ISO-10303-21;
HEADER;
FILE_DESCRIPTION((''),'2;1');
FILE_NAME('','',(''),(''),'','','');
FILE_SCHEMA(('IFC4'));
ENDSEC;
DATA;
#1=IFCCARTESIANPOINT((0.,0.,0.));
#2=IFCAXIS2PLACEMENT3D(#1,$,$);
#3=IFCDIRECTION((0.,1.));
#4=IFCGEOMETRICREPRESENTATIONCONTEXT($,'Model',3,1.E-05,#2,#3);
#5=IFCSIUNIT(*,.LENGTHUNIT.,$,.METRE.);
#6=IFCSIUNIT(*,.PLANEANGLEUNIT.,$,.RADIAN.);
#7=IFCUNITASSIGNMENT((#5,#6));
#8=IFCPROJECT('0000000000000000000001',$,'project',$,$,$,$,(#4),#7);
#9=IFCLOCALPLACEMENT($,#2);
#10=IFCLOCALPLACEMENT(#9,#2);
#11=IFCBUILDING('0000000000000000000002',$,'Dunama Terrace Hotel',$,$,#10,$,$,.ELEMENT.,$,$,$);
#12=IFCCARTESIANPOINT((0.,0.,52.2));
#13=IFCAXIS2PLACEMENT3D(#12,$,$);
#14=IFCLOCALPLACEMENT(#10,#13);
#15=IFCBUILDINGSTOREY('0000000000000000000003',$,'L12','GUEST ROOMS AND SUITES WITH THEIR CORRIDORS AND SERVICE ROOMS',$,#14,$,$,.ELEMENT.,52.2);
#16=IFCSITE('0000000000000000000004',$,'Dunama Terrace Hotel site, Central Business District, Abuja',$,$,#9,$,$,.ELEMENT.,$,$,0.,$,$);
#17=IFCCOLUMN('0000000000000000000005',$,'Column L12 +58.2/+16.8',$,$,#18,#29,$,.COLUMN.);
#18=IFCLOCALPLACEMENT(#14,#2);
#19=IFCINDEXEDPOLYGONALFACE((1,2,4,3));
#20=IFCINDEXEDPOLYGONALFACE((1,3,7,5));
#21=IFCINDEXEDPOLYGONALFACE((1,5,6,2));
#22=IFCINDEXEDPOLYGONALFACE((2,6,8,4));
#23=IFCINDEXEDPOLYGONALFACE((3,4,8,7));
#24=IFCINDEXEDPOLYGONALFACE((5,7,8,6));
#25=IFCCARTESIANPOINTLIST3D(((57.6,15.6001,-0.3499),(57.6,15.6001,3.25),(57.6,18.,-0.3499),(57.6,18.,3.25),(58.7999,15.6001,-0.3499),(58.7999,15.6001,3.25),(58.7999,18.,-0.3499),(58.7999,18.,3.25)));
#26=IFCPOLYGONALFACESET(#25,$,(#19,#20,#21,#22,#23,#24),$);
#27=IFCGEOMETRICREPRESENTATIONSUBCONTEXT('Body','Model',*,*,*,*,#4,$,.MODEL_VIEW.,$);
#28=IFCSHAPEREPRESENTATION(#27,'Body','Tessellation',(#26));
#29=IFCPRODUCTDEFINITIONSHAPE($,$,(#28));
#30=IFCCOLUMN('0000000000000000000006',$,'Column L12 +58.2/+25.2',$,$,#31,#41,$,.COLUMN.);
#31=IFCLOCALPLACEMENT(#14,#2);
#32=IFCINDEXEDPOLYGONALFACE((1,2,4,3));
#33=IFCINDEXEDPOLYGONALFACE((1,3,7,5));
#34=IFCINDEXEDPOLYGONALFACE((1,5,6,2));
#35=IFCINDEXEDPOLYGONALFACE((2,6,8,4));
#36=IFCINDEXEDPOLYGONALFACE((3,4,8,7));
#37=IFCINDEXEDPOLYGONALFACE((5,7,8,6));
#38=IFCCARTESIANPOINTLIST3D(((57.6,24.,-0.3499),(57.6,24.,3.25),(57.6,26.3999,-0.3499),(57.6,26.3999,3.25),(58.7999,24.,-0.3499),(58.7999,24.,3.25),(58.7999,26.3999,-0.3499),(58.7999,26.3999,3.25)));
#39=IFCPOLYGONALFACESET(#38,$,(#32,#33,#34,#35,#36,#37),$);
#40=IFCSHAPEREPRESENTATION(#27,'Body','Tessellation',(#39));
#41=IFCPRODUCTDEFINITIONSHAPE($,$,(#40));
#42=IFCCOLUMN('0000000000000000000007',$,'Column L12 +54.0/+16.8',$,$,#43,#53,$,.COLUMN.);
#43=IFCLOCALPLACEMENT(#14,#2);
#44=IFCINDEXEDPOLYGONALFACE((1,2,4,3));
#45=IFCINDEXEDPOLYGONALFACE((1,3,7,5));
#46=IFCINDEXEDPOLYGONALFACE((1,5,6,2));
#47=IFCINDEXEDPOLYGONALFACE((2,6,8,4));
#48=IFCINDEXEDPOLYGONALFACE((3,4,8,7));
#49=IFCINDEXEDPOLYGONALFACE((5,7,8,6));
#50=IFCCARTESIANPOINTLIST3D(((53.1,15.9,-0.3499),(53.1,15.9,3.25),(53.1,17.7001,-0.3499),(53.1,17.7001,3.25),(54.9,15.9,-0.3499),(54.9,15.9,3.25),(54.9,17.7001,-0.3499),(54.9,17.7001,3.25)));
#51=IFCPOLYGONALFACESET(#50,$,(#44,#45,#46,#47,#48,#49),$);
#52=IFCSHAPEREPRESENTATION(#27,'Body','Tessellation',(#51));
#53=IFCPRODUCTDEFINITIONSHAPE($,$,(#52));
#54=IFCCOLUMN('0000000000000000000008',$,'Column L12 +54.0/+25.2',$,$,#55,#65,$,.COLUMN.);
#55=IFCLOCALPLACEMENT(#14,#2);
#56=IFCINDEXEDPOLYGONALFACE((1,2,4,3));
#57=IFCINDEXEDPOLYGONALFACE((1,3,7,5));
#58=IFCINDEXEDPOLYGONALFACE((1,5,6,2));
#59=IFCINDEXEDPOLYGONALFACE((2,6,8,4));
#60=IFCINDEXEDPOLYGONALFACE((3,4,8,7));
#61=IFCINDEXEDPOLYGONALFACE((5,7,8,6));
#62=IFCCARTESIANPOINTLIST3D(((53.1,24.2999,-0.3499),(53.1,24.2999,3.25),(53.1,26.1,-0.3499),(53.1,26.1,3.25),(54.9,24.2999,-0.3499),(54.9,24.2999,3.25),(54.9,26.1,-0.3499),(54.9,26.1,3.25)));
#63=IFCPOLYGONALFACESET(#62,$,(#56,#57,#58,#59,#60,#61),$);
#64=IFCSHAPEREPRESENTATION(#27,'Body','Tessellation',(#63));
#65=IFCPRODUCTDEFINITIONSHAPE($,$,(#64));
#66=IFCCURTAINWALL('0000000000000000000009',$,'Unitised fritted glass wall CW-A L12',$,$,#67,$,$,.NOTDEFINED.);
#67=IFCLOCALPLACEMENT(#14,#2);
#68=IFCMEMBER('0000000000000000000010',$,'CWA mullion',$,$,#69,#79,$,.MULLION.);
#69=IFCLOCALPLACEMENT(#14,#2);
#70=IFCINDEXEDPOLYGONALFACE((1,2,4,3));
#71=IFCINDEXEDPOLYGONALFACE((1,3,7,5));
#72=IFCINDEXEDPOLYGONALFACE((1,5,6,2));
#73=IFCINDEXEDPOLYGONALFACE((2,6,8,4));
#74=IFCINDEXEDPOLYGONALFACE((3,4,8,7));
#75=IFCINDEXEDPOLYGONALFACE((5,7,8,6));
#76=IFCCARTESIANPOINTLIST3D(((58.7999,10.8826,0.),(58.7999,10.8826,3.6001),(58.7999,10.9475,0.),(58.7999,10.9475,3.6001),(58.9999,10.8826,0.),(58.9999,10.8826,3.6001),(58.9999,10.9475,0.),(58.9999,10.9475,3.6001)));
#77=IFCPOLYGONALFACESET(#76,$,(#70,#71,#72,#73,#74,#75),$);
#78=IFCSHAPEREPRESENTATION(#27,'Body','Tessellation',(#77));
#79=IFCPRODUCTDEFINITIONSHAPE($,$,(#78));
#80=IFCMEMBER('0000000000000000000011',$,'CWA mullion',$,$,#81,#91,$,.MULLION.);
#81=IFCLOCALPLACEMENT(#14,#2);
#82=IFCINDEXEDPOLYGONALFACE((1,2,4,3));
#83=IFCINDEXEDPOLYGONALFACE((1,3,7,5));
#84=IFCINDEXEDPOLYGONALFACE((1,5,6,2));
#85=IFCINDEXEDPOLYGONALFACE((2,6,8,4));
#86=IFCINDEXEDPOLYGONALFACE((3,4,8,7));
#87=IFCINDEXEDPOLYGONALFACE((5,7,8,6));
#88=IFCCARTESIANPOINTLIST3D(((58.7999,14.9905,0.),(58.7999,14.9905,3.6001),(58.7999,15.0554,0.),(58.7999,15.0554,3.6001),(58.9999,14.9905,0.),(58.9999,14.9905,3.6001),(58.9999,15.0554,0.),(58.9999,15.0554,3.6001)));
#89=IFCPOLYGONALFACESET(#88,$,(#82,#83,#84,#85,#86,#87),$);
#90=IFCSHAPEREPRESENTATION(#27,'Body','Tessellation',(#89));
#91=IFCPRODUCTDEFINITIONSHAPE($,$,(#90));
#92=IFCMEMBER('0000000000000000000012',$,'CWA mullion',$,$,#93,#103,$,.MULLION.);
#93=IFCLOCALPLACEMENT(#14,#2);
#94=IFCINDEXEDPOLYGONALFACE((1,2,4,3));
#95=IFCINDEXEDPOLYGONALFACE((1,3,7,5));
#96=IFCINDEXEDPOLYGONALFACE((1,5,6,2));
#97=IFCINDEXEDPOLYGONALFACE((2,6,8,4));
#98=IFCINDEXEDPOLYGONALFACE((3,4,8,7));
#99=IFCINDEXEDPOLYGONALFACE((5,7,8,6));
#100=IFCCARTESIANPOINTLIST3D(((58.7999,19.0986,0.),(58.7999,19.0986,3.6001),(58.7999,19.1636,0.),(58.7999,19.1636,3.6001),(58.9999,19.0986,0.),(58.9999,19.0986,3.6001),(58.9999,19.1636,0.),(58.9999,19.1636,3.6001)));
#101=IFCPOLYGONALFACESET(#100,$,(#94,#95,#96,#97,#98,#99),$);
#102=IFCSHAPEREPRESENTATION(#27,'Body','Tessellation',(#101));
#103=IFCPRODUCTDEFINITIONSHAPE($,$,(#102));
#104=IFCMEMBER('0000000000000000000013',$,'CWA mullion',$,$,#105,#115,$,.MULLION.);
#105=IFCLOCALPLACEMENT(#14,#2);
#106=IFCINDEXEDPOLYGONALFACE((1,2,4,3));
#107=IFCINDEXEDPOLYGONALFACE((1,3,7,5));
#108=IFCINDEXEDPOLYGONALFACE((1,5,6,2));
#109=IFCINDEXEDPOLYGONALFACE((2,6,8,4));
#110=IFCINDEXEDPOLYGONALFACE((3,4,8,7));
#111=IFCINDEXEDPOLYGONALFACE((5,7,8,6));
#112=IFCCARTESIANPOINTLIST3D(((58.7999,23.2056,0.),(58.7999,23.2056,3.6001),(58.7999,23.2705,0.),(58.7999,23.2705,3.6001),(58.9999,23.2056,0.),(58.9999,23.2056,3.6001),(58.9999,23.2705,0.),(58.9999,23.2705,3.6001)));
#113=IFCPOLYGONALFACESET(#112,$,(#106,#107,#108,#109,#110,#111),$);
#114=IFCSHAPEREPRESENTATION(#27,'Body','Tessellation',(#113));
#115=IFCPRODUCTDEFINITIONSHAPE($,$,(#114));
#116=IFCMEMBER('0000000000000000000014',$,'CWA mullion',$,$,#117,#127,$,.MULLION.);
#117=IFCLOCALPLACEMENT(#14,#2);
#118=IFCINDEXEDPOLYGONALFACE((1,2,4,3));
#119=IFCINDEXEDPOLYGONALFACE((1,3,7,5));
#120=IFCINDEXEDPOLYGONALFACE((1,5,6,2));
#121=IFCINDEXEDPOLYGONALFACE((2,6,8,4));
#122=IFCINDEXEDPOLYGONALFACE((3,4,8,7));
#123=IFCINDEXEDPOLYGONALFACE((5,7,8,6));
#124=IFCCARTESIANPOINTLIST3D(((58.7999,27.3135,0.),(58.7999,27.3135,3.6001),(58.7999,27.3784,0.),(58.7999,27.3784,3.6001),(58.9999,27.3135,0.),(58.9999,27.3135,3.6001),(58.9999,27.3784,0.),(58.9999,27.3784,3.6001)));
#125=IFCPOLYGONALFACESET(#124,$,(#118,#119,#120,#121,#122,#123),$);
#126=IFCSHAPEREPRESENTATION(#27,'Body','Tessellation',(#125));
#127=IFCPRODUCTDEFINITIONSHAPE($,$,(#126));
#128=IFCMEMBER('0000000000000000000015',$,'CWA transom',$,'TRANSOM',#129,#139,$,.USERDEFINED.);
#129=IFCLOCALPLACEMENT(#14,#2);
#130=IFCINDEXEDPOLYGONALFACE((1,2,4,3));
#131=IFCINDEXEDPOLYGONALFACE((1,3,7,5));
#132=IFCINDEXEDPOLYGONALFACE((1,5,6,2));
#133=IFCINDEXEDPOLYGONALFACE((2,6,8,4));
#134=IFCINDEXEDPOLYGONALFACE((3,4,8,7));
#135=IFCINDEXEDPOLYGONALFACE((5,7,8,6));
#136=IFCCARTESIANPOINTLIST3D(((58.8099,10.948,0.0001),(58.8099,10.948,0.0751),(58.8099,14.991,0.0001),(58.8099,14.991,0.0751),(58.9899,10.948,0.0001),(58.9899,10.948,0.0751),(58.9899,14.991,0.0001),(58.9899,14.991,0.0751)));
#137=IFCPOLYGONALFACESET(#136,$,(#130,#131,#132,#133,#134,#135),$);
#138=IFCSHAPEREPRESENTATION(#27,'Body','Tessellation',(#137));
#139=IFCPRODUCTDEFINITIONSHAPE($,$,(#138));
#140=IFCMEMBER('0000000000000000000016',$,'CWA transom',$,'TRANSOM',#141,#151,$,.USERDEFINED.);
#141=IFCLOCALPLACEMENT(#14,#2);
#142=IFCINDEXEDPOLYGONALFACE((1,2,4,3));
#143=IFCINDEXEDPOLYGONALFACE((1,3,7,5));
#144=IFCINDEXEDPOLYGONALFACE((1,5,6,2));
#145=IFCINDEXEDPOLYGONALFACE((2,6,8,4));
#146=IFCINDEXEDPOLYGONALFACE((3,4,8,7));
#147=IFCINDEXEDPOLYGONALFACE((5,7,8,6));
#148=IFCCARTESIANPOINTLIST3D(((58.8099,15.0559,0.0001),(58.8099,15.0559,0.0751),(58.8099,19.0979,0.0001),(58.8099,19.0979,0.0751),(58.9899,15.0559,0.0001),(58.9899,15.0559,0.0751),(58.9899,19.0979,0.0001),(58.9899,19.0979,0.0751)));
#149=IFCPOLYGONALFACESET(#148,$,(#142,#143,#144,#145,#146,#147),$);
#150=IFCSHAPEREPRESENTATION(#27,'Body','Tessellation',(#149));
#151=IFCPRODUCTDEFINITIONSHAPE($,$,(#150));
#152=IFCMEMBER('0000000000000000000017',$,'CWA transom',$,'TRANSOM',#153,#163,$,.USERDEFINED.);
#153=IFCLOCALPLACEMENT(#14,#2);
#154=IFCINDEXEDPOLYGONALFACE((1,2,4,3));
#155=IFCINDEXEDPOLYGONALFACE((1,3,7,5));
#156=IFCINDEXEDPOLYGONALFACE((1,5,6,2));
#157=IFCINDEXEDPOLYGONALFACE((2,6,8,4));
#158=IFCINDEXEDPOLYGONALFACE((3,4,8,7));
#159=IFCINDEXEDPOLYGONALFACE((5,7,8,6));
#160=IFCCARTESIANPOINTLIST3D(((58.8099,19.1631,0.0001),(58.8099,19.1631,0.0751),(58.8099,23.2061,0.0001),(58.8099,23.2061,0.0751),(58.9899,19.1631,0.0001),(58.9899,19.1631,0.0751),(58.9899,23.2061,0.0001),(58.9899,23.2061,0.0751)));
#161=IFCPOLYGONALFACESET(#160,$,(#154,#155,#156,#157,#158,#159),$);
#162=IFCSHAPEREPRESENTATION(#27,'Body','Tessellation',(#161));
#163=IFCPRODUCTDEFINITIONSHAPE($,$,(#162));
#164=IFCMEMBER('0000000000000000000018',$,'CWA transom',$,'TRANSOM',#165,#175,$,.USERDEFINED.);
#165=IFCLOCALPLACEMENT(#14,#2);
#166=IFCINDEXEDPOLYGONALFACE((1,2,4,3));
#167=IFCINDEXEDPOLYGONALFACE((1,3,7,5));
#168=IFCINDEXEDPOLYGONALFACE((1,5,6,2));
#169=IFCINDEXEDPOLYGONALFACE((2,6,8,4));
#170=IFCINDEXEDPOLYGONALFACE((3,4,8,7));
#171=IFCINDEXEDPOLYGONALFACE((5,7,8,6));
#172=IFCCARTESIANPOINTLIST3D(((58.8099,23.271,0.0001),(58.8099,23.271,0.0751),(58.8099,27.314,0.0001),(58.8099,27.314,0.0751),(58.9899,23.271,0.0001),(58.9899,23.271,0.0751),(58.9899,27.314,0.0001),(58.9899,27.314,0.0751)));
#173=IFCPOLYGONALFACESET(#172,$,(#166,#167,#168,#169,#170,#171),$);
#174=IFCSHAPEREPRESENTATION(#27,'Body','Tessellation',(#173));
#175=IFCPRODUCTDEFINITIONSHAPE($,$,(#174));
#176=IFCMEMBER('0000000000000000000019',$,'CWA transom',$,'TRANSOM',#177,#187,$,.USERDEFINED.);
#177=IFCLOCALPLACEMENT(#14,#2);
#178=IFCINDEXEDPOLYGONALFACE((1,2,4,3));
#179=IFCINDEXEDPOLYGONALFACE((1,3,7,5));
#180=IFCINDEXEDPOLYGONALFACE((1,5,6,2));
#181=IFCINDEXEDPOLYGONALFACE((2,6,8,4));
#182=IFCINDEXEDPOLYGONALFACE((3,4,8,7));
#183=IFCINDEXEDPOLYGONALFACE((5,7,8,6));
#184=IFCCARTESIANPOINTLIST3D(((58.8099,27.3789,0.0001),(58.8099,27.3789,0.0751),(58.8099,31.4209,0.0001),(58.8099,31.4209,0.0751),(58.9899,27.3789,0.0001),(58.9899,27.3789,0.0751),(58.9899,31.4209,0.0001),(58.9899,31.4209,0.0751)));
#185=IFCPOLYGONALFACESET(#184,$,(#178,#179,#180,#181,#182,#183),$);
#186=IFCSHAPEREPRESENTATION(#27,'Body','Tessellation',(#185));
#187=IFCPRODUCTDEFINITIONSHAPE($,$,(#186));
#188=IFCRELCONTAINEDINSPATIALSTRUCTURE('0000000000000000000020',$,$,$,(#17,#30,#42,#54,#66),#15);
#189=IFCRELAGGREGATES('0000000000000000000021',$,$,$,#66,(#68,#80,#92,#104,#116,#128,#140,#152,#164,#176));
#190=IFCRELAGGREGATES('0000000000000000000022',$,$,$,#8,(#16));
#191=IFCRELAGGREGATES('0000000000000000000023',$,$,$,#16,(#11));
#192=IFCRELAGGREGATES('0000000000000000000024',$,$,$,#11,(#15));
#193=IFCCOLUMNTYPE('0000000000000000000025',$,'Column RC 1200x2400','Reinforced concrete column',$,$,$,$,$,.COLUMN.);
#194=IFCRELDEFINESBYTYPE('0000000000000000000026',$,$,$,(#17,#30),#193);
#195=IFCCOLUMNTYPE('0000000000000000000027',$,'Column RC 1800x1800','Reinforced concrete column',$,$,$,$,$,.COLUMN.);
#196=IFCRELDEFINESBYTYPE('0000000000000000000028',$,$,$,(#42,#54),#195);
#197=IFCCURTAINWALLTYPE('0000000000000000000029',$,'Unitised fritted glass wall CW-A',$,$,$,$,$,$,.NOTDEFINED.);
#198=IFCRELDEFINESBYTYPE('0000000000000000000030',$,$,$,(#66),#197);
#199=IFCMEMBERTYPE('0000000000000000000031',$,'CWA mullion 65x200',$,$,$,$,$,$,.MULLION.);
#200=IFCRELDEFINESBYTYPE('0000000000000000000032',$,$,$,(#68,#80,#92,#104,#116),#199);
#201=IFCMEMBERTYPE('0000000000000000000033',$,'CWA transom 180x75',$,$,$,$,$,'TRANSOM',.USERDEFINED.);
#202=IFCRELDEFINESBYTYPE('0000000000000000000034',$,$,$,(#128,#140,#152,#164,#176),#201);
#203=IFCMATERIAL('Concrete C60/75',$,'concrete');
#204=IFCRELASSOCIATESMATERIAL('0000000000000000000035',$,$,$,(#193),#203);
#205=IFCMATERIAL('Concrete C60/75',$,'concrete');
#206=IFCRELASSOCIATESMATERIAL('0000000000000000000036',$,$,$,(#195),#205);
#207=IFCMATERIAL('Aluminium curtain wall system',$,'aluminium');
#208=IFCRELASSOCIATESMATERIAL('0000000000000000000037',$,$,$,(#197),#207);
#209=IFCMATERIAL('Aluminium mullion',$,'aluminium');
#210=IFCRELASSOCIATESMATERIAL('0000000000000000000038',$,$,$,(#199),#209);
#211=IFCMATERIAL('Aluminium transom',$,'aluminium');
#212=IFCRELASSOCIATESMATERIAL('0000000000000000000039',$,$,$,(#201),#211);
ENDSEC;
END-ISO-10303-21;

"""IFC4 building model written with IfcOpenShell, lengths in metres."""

from ifc_helpers import new_model, si_unit, direction, frame, origin, origin_2d, place, context, subcontext, project, spatial, rectangle, extrude, material, material_profile, profile_set, type_object, element, aggregate, save


model = new_model("IFC4")

# Units and contexts
model_context = context("Model", 3, precision=1e-05, world=origin(), true_north=direction((0.0, 1.0)))
body_context = subcontext(model_context, "Body", "Model", "MODEL_VIEW")
ifc_project = project(units=[si_unit("LENGTHUNIT", "METRE"), si_unit("PLANEANGLEUNIT", "RADIAN")], contexts=[model_context])

# Site, building, storey
site_placement = place(None, origin())
site = spatial("IfcSite", under=ifc_project, at=site_placement, Name="Dunama Terrace Hotel site, Central Business District, Abuja", CompositionType="ELEMENT", RefElevation=0.0)
building_placement = place(site_placement, origin())
building = spatial("IfcBuilding", under=site, at=building_placement, Name="Dunama Terrace Hotel", CompositionType="ELEMENT")
storey_placement = place(building_placement, frame((0.0, 0.0, 52.2)))
storey = spatial("IfcBuildingStorey", under=building, at=storey_placement, Name="L12", Description="GUEST ROOMS AND SUITES WITH THEIR CORRIDORS AND SERVICE ROOMS", CompositionType="ELEMENT", Elevation=52.2)

# Columns
ifc_material_1 = material(Name="Concrete C60/75", Category="concrete")
ifc_material_profile_1 = material_profile(ifc_material_1, rectangle(XDim=1.2, YDim=2.3999, at=origin_2d()), Name="RC 1200x2400")
ifc_profile_set_1 = profile_set([ifc_material_profile_1], Name="Concrete C60/75")
column_type_1 = type_object("IfcColumnType", Name="Column RC 1200x2400", Description="Reinforced concrete column", PredefinedType="COLUMN", material=ifc_profile_set_1)
for number, where, z_axis, x_axis, name in (
    (1, (58.2, 16.8, -0.3499), (0.0, 0.0, 1.0), (1.0, 0.0, 0.0), "Column L12 +58.2/+16.8"),
    (2, (58.2, 25.2, -0.3499), (0.0, 0.0, 1.0), (1.0, 0.0, 0.0), "Column L12 +58.2/+25.2"),
):
    element("IfcColumn", number, at=place(storey_placement, frame(where, z_axis=z_axis, x_axis=x_axis)), inside=storey, type_object=column_type_1, Name=name, PredefinedType="COLUMN", context=body_context, shape_type="SweptSolid", body=[
        extrude(rectangle(XDim=1.2, YDim=2.3999, at=origin_2d()), origin(), (0.0, 0.0, 1.0), 3.5999),
    ])
ifc_material_2 = material(Name="Concrete C60/75", Category="concrete")
ifc_material_profile_2 = material_profile(ifc_material_2, rectangle(XDim=1.8, YDim=1.8, at=origin_2d()), Name="RC 1800x1800")
ifc_profile_set_2 = profile_set([ifc_material_profile_2], Name="Concrete C60/75")
column_type_2 = type_object("IfcColumnType", Name="Column RC 1800x1800", Description="Reinforced concrete column", PredefinedType="COLUMN", material=ifc_profile_set_2)
for number, where, z_axis, x_axis, name in (
    (3, (54.0, 16.8, -0.3499), (0.0, 0.0, 1.0), (1.0, 0.0, 0.0), "Column L12 +54.0/+16.8"),
    (4, (54.0, 25.2, -0.3499), (0.0, 0.0, 1.0), (1.0, 0.0, 0.0), "Column L12 +54.0/+25.2"),
):
    element("IfcColumn", number, at=place(storey_placement, frame(where, z_axis=z_axis, x_axis=x_axis)), inside=storey, type_object=column_type_2, Name=name, PredefinedType="COLUMN", context=body_context, shape_type="SweptSolid", body=[
        extrude(rectangle(XDim=1.8, YDim=1.8, at=origin_2d()), origin(), (0.0, 0.0, 1.0), 3.5999),
    ])

# Curtain wall, members
ifc_material_3 = material(Name="Aluminium curtain wall system", Category="aluminium")
curtain_wall_type = type_object("IfcCurtainWallType", Name="Unitised fritted glass wall CW-A", PredefinedType="NOTDEFINED", material=ifc_material_3)
curtain_wall_placement = place(storey_placement, origin())
curtain_wall = element("IfcCurtainWall", 5, at=curtain_wall_placement, inside=storey, type_object=curtain_wall_type, Name="Unitised fritted glass wall CW-A L12", PredefinedType="NOTDEFINED")
ifc_material_4 = material(Name="Aluminium mullion", Category="aluminium")
ifc_material_profile_3 = material_profile(ifc_material_4, rectangle(XDim=0.0649, YDim=0.2, at=origin_2d()), Name="CWA MULLION 65X200")
ifc_profile_set_3 = profile_set([ifc_material_profile_3], Name="Aluminium mullion")
member_type_1 = type_object("IfcMemberType", Name="CWA mullion 65x200", PredefinedType="MULLION", material=ifc_profile_set_3)
member_1_placement = place(storey_placement, frame((58.8999, 10.915, 0.0), z_axis=(0.0, 0.0, 1.0), x_axis=(0.0, 1.0, 0.0)))
member_1 = element("IfcMember", 6, at=member_1_placement, type_object=member_type_1, Name="CWA mullion", PredefinedType="MULLION", context=body_context, shape_type="SweptSolid", body=[
    extrude(rectangle(XDim=0.0649, YDim=0.2, at=origin_2d()), origin(), (0.0, 0.0, 1.0), 3.6001),
])
member_2_placement = place(storey_placement, frame((58.8999, 15.0229, 0.0), z_axis=(0.0, 0.0, 1.0), x_axis=(0.0, 1.0, 0.0)))
member_2 = element("IfcMember", 7, at=member_2_placement, type_object=member_type_1, Name="CWA mullion", PredefinedType="MULLION", context=body_context, shape_type="SweptSolid", body=[
    extrude(rectangle(XDim=0.0649, YDim=0.2, at=origin_2d()), origin(), (0.0, 0.0, 1.0), 3.6001),
])
member_3_placement = place(storey_placement, frame((58.8999, 19.1311, 0.0), z_axis=(0.0, 0.0, 1.0), x_axis=(0.0, 1.0, 0.0)))
member_3 = element("IfcMember", 8, at=member_3_placement, type_object=member_type_1, Name="CWA mullion", PredefinedType="MULLION", context=body_context, shape_type="SweptSolid", body=[
    extrude(rectangle(XDim=0.0649, YDim=0.2, at=origin_2d()), origin(), (0.0, 0.0, 1.0), 3.6001),
])
member_4_placement = place(storey_placement, frame((58.8999, 23.238, 0.0), z_axis=(0.0, 0.0, 1.0), x_axis=(0.0, 1.0, 0.0)))
member_4 = element("IfcMember", 9, at=member_4_placement, type_object=member_type_1, Name="CWA mullion", PredefinedType="MULLION", context=body_context, shape_type="SweptSolid", body=[
    extrude(rectangle(XDim=0.0649, YDim=0.2, at=origin_2d()), origin(), (0.0, 0.0, 1.0), 3.6001),
])
member_5_placement = place(storey_placement, frame((58.8999, 27.3459, 0.0), z_axis=(0.0, 0.0, 1.0), x_axis=(0.0, 1.0, 0.0)))
member_5 = element("IfcMember", 10, at=member_5_placement, type_object=member_type_1, Name="CWA mullion", PredefinedType="MULLION", context=body_context, shape_type="SweptSolid", body=[
    extrude(rectangle(XDim=0.0649, YDim=0.2, at=origin_2d()), origin(), (0.0, 0.0, 1.0), 3.6001),
])
ifc_material_5 = material(Name="Aluminium transom", Category="aluminium")
ifc_material_profile_4 = material_profile(ifc_material_5, rectangle(XDim=0.1799, YDim=0.075, at=origin_2d()), Name="CWA TRANSOM 180X75")
ifc_profile_set_4 = profile_set([ifc_material_profile_4], Name="Aluminium transom")
member_type_2 = type_object("IfcMemberType", Name="CWA transom 180x75", ElementType="TRANSOM", PredefinedType="USERDEFINED", material=ifc_profile_set_4)
member_6_placement = place(storey_placement, frame((58.8999, 10.948, 0.0376), z_axis=(0.0, 1.0, 0.0), x_axis=(-1.0, 0.0, 0.0)))
member_6 = element("IfcMember", 11, at=member_6_placement, type_object=member_type_2, Name="CWA transom", ObjectType="TRANSOM", PredefinedType="USERDEFINED", context=body_context, shape_type="SweptSolid", body=[
    extrude(rectangle(XDim=0.1799, YDim=0.075, at=origin_2d()), origin(), (0.0, 0.0, 1.0), 4.043),
])
member_7_placement = place(storey_placement, frame((58.8999, 15.0559, 0.0376), z_axis=(0.0, 1.0, 0.0), x_axis=(-1.0, 0.0, 0.0)))
member_7 = element("IfcMember", 12, at=member_7_placement, type_object=member_type_2, Name="CWA transom", ObjectType="TRANSOM", PredefinedType="USERDEFINED", context=body_context, shape_type="SweptSolid", body=[
    extrude(rectangle(XDim=0.1799, YDim=0.075, at=origin_2d()), origin(), (0.0, 0.0, 1.0), 4.042),
])
member_8_placement = place(storey_placement, frame((58.8999, 19.1631, 0.0376), z_axis=(0.0, 1.0, 0.0), x_axis=(-1.0, 0.0, 0.0)))
member_8 = element("IfcMember", 13, at=member_8_placement, type_object=member_type_2, Name="CWA transom", ObjectType="TRANSOM", PredefinedType="USERDEFINED", context=body_context, shape_type="SweptSolid", body=[
    extrude(rectangle(XDim=0.1799, YDim=0.075, at=origin_2d()), origin(), (0.0, 0.0, 1.0), 4.043),
])
member_9_placement = place(storey_placement, frame((58.8999, 23.271, 0.0376), z_axis=(0.0, 1.0, 0.0), x_axis=(-1.0, 0.0, 0.0)))
member_9 = element("IfcMember", 14, at=member_9_placement, type_object=member_type_2, Name="CWA transom", ObjectType="TRANSOM", PredefinedType="USERDEFINED", context=body_context, shape_type="SweptSolid", body=[
    extrude(rectangle(XDim=0.1799, YDim=0.075, at=origin_2d()), origin(), (0.0, 0.0, 1.0), 4.043),
])
member_10_placement = place(storey_placement, frame((58.8999, 27.3789, 0.0376), z_axis=(0.0, 1.0, 0.0), x_axis=(-1.0, 0.0, 0.0)))
member_10 = element("IfcMember", 15, at=member_10_placement, type_object=member_type_2, Name="CWA transom", ObjectType="TRANSOM", PredefinedType="USERDEFINED", context=body_context, shape_type="SweptSolid", body=[
    extrude(rectangle(XDim=0.1799, YDim=0.075, at=origin_2d()), origin(), (0.0, 0.0, 1.0), 4.042),
])

aggregate(curtain_wall, [member_1, member_2, member_3, member_4, member_5, member_6, member_7, member_8, member_9, member_10])

save(model, "model.ifc")
